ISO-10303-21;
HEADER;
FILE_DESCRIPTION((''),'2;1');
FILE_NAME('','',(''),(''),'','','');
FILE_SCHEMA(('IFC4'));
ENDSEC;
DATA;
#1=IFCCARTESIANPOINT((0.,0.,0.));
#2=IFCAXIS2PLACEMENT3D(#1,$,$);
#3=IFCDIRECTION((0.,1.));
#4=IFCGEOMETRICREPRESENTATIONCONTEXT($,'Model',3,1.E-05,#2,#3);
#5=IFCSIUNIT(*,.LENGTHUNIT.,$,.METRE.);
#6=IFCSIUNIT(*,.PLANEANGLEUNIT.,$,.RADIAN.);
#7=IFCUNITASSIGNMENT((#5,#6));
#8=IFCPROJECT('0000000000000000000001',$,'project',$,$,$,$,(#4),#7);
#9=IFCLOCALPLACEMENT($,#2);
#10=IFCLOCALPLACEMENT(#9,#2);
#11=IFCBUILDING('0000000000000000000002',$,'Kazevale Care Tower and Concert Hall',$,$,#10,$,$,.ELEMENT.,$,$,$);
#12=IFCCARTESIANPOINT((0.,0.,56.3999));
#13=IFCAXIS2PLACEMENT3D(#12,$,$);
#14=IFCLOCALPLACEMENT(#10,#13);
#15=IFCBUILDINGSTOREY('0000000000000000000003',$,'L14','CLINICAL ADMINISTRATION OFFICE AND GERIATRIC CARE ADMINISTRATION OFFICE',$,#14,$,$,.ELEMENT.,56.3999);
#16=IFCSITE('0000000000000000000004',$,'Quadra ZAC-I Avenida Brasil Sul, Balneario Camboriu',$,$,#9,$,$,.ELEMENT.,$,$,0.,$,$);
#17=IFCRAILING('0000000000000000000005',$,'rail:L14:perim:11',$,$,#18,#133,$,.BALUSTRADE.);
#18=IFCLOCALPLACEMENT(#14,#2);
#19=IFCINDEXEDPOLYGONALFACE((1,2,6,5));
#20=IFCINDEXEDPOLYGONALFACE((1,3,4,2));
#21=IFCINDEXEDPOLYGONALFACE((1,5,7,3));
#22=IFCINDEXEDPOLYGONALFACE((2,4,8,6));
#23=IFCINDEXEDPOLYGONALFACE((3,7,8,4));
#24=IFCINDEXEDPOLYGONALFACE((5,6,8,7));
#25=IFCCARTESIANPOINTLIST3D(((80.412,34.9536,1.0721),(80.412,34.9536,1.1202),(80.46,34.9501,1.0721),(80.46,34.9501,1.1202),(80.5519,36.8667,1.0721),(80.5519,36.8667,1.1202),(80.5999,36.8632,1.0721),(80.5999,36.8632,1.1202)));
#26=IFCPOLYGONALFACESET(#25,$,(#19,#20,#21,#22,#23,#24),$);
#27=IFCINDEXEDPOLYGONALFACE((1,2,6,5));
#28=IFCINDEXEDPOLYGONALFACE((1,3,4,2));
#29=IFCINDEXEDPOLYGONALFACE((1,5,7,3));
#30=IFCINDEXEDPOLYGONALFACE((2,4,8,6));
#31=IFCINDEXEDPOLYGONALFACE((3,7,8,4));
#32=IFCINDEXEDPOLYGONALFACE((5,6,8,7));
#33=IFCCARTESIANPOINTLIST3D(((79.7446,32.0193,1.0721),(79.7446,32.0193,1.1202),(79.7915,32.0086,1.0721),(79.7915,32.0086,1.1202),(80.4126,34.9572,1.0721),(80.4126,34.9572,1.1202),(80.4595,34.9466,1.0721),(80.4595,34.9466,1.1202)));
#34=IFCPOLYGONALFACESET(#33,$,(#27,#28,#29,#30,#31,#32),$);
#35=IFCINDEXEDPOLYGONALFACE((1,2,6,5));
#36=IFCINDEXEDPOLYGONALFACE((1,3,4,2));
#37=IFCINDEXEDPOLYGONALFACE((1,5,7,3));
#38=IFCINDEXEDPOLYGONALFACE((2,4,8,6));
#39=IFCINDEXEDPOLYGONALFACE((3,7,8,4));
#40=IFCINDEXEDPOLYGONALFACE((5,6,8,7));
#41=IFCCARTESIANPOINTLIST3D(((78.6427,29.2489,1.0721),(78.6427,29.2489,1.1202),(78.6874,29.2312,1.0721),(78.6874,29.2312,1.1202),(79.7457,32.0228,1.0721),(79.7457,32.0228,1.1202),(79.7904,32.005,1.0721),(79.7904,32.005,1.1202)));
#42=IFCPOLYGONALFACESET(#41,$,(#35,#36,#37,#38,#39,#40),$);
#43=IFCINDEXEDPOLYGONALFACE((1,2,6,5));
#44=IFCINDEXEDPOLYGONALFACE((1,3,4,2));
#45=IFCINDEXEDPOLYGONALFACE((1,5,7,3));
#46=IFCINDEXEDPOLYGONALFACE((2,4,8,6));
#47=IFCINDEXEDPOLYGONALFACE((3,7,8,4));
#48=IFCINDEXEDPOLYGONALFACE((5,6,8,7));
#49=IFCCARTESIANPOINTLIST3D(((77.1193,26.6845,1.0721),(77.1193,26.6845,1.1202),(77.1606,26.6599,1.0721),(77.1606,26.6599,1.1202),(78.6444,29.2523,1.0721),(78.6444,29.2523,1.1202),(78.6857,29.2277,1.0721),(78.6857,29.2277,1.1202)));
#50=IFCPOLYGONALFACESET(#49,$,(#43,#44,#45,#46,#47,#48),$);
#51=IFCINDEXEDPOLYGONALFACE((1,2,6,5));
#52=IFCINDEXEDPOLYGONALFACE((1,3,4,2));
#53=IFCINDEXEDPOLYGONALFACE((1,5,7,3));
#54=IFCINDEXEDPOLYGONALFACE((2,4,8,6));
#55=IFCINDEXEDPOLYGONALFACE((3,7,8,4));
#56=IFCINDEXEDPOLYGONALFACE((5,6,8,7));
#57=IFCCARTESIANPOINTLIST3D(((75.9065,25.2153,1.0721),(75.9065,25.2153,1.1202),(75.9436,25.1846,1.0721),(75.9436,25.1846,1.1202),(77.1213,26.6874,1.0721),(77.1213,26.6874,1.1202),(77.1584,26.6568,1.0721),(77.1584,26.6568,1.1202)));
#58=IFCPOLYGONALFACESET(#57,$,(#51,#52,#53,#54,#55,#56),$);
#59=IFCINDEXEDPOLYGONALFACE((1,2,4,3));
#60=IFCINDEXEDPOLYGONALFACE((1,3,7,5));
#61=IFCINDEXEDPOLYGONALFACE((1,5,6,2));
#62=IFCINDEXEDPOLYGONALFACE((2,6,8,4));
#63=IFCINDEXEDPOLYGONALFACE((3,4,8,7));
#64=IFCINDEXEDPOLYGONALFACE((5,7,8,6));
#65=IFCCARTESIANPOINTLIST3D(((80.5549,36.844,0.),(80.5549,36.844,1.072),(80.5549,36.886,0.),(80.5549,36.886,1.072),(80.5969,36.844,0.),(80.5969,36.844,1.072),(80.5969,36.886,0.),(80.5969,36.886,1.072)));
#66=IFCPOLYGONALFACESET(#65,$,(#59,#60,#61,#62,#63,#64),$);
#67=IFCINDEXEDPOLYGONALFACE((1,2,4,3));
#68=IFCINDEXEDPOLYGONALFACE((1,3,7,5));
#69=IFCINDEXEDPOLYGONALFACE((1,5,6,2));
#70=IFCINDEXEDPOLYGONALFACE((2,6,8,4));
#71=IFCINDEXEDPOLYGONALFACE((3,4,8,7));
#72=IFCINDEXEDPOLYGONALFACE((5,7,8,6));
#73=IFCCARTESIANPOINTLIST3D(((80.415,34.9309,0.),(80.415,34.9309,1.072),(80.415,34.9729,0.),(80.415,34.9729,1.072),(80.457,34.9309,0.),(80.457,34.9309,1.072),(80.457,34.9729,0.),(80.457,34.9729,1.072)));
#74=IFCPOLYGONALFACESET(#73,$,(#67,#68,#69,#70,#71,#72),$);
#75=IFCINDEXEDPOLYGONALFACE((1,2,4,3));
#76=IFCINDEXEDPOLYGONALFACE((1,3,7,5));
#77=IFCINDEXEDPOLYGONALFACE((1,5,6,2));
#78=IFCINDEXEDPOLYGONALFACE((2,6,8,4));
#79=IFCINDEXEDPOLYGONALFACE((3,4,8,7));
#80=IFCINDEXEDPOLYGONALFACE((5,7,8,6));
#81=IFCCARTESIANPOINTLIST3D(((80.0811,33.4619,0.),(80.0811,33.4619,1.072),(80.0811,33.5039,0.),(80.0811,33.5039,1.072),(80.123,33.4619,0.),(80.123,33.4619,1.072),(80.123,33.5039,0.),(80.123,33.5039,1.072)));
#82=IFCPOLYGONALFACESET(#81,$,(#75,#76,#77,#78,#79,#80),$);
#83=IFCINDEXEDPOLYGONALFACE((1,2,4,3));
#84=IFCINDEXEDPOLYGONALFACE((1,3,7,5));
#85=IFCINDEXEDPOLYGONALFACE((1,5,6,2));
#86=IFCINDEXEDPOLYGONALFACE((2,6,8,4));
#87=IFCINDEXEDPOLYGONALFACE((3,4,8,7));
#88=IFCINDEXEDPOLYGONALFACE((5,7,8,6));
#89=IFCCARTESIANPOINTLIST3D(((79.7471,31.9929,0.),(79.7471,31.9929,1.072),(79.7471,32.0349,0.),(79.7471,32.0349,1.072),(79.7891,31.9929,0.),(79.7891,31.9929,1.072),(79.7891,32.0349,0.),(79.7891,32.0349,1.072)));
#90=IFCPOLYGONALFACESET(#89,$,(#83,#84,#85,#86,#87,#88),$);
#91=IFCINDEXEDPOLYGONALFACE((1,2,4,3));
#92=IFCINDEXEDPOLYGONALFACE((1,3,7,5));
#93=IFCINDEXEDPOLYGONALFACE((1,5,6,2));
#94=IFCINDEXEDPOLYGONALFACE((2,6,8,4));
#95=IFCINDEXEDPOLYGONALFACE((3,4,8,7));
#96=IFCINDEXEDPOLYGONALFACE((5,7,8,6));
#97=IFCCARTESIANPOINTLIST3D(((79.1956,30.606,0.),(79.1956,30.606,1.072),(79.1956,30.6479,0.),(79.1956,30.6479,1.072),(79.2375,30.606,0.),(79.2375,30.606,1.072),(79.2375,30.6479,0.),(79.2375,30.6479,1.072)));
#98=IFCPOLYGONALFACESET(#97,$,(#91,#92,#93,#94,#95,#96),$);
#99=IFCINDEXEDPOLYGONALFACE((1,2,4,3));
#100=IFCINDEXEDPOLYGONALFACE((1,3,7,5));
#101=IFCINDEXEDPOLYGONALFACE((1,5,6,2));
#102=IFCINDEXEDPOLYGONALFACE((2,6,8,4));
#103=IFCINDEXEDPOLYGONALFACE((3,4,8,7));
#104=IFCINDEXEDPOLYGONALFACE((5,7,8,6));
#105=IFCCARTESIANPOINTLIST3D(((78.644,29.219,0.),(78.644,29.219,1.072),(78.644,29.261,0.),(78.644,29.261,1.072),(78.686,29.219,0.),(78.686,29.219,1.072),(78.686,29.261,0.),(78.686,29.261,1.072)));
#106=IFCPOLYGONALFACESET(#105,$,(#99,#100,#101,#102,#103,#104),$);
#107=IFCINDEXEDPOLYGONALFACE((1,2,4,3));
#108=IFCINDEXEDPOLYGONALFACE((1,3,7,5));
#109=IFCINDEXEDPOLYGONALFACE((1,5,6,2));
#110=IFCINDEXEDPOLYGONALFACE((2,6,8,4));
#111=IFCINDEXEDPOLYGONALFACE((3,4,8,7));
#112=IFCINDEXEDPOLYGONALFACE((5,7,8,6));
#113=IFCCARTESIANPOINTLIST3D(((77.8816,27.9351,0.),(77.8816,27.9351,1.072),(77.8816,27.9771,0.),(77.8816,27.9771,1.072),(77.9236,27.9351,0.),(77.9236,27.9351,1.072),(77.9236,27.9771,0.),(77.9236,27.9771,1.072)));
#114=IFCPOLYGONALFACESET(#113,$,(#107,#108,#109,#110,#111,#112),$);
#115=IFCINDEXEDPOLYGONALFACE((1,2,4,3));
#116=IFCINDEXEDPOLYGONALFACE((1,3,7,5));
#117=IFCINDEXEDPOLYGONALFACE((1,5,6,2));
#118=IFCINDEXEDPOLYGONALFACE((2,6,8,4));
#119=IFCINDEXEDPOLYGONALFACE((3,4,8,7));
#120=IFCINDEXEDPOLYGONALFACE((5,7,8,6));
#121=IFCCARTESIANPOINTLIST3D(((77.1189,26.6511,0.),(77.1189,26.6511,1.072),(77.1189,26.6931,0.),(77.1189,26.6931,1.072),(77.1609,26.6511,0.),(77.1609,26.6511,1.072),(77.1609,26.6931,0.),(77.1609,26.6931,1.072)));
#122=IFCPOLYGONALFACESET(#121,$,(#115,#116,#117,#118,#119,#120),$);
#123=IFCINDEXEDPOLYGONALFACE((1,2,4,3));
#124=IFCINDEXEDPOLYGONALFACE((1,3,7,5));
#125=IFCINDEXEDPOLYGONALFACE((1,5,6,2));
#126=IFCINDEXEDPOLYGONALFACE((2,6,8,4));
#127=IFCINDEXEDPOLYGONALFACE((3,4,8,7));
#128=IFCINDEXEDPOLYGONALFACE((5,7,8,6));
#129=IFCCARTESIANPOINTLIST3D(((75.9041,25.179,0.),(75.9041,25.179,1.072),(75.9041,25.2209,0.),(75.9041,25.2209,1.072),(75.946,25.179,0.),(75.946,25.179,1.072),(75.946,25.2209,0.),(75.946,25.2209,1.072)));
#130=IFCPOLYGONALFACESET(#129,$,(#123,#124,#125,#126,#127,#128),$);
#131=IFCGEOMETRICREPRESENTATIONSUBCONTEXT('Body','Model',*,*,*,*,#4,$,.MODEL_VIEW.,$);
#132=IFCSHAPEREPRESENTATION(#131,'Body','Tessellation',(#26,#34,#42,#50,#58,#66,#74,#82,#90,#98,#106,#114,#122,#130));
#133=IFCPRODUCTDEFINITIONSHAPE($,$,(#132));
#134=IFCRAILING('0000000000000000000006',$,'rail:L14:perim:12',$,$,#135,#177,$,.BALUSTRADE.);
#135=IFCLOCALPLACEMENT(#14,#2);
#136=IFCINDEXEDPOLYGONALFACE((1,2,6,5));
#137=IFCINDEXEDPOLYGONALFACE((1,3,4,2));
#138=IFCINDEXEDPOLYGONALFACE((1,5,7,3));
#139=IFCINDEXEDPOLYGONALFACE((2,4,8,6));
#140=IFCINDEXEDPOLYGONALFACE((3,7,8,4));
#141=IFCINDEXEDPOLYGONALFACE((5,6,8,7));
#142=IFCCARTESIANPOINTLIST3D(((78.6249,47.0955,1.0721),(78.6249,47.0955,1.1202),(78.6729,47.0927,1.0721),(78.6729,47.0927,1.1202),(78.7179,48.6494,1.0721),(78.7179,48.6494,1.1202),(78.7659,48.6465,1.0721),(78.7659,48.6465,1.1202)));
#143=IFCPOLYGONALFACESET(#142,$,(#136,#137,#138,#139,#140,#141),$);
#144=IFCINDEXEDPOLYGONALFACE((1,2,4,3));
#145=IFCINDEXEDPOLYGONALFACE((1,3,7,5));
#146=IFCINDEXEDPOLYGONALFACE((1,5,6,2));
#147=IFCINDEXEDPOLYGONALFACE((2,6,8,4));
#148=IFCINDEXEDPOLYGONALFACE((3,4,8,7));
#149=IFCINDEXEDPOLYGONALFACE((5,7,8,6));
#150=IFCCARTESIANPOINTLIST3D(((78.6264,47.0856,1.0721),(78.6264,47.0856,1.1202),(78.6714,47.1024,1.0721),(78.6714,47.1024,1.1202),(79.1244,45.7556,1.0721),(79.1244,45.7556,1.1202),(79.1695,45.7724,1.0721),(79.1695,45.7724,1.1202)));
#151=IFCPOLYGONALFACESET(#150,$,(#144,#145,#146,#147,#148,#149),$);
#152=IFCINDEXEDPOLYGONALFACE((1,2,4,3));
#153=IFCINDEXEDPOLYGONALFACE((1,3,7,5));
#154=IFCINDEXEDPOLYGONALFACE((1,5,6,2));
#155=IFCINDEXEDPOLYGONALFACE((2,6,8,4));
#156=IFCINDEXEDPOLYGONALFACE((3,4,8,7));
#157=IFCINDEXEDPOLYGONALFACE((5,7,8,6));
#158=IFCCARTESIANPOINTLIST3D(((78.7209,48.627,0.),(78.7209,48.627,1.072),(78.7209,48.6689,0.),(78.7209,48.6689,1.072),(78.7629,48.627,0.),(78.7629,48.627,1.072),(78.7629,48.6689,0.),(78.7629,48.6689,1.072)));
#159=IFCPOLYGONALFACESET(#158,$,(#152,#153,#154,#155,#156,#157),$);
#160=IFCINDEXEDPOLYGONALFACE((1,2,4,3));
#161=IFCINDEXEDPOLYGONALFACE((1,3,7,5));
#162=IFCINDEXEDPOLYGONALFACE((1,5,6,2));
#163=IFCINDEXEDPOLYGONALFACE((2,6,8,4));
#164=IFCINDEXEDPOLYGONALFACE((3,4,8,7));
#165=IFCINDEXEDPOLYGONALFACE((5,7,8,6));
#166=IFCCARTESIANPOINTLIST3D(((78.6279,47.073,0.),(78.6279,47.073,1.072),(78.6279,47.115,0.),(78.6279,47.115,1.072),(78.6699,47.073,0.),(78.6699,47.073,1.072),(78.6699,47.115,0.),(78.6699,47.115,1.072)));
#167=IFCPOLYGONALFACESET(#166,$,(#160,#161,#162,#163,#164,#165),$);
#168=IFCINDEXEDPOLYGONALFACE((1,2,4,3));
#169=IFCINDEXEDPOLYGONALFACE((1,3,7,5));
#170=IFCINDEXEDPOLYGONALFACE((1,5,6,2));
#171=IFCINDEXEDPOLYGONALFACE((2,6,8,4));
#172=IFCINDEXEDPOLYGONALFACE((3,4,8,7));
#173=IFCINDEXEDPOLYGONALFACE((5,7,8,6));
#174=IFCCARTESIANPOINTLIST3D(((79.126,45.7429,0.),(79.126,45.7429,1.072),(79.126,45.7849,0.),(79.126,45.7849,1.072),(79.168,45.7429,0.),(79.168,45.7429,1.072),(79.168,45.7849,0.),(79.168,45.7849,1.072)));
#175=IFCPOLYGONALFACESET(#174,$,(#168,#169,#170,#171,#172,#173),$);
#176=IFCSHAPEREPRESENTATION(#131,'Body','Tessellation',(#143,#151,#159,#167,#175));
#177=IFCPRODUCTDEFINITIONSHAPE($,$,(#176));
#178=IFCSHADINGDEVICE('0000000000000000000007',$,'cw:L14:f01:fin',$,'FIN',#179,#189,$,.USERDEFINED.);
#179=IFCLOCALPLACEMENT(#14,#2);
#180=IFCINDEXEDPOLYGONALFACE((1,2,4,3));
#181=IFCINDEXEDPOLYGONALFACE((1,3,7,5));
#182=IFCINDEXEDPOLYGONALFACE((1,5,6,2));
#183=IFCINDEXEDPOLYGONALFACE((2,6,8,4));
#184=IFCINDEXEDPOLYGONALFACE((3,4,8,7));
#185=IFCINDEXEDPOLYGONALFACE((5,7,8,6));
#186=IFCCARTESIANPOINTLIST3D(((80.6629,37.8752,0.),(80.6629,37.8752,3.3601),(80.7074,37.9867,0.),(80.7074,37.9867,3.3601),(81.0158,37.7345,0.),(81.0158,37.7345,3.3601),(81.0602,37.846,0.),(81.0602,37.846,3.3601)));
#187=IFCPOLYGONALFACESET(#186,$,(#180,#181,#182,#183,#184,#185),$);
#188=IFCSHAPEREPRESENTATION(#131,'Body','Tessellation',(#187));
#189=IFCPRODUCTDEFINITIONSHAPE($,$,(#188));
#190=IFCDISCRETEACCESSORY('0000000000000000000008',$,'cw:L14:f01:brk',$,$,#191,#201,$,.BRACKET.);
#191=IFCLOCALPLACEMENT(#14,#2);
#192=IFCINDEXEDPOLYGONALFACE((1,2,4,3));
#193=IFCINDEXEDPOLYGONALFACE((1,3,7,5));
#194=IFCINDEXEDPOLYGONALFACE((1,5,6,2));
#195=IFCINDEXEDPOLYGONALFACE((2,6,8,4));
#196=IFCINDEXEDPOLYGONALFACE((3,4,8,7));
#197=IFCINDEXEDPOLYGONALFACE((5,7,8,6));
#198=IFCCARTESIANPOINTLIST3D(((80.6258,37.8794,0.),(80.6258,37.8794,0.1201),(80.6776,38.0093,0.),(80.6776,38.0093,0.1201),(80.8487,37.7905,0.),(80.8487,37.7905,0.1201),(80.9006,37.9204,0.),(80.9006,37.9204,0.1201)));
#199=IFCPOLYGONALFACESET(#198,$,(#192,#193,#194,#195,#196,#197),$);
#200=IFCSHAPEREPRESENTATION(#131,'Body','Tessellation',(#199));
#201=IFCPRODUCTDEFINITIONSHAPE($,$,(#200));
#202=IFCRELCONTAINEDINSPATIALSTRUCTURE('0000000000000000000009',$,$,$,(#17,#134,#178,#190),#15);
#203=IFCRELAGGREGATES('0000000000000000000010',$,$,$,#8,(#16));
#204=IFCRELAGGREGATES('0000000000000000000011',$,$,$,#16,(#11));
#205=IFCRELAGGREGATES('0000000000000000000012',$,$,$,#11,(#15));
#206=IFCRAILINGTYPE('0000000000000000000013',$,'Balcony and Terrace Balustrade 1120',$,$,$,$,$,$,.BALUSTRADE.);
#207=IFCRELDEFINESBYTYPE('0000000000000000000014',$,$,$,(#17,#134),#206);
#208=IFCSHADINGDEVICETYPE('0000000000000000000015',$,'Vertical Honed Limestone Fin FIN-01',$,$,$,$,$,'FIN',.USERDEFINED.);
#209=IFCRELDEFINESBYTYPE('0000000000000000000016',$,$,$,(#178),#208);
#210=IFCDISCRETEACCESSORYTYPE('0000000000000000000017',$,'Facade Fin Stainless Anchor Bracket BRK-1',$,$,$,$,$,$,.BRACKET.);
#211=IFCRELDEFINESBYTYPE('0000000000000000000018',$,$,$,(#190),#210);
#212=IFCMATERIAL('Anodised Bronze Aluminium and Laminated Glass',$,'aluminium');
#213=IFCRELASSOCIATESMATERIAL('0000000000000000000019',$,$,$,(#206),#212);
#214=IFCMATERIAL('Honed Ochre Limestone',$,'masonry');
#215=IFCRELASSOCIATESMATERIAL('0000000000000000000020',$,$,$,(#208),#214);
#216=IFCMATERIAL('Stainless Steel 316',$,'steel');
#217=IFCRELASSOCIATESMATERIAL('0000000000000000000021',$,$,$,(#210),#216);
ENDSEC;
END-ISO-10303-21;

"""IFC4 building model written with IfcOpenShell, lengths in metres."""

from ifc_helpers import new_model, si_unit, direction, frame, origin, origin_2d, place, context, subcontext, project, spatial, rectangle, extrude, material, type_object, element, save


model = new_model("IFC4")

# Units and contexts
model_context = context("Model", 3, precision=1e-05, world=origin(), true_north=direction((0.0, 1.0)))
body_context = subcontext(model_context, "Body", "Model", "MODEL_VIEW")
ifc_project = project(units=[si_unit("LENGTHUNIT", "METRE"), si_unit("PLANEANGLEUNIT", "RADIAN")], contexts=[model_context])

# Site, building, storey
site_placement = place(None, origin())
site = spatial("IfcSite", under=ifc_project, at=site_placement, Name="Quadra ZAC-I Avenida Brasil Sul, Balneario Camboriu", CompositionType="ELEMENT", RefElevation=0.0)
building_placement = place(site_placement, origin())
building = spatial("IfcBuilding", under=site, at=building_placement, Name="Kazevale Care Tower and Concert Hall", CompositionType="ELEMENT")
storey_placement = place(building_placement, frame((0.0, 0.0, 56.3999)))
storey = spatial("IfcBuildingStorey", under=building, at=storey_placement, Name="L14", Description="CLINICAL ADMINISTRATION OFFICE AND GERIATRIC CARE ADMINISTRATION OFFICE", CompositionType="ELEMENT", Elevation=56.3999)

# Railings
ifc_material_1 = material(Name="Anodised Bronze Aluminium and Laminated Glass", Category="aluminium")
railing_type = type_object("IfcRailingType", Name="Balcony and Terrace Balustrade 1120", PredefinedType="BALUSTRADE", material=ifc_material_1)
railing_1_placement = place(storey_placement, frame((80.5759, 36.865, 0.0)))
element("IfcRailing", 1, at=railing_1_placement, inside=storey, type_object=railing_type, Name="rail:L14:perim:11", PredefinedType="BALUSTRADE", context=body_context, shape_type="SweptSolid", body=[
    extrude(rectangle(XDim=0.0481, YDim=0.0481, at=origin_2d()), frame((0.0, 0.0, 1.0962), z_axis=(-0.072929, -0.997337, 0.0), x_axis=(0.997337, -0.072929, 0.0)), (0.0, 0.0, 1.0), 1.9182),
    extrude(rectangle(XDim=0.0481, YDim=0.0481, at=origin_2d()), frame((-0.1399, -1.9131, 1.0962), z_axis=(-0.221698, -0.975115, 0.0), x_axis=(0.975115, -0.221698, 0.0)), (0.0, 0.0, 1.0), 3.0129),
    extrude(rectangle(XDim=0.0481, YDim=0.0481, at=origin_2d()), frame((-0.8079, -4.8511, 1.0962), z_axis=(-0.3695, -0.929231, 0.0), x_axis=(0.929231, -0.3695, 0.0)), (0.0, 0.0, 1.0), 2.9851),
    extrude(rectangle(XDim=0.0481, YDim=0.0481, at=origin_2d()), frame((-1.9109, -7.625, 1.0962), z_axis=(-0.510656, -0.859785, 0.0), x_axis=(0.859785, -0.510656, 0.0)), (0.0, 0.0, 1.0), 2.9866),
    extrude(rectangle(XDim=0.0481, YDim=0.0481, at=origin_2d()), frame((-3.436, -10.1929, 1.0962), z_axis=(-0.636478, -0.771295, 0.0), x_axis=(0.771295, -0.636478, 0.0)), (0.0, 0.0, 1.0), 1.9087),
    extrude(rectangle(XDim=0.042, YDim=0.042, at=origin_2d()), origin(), (0.0, 0.0, 1.0), 1.072),
    extrude(rectangle(XDim=0.042, YDim=0.042, at=origin_2d()), frame((-0.1399, -1.9131, 0.0)), (0.0, 0.0, 1.0), 1.072),
    extrude(rectangle(XDim=0.042, YDim=0.042, at=origin_2d()), frame((-0.4739, -3.3821, 0.0)), (0.0, 0.0, 1.0), 1.072),
    extrude(rectangle(XDim=0.042, YDim=0.042, at=origin_2d()), frame((-0.8079, -4.8511, 0.0)), (0.0, 0.0, 1.0), 1.072),
    extrude(rectangle(XDim=0.042, YDim=0.042, at=origin_2d()), frame((-1.3594, -6.238, 0.0)), (0.0, 0.0, 1.0), 1.072),
    extrude(rectangle(XDim=0.042, YDim=0.042, at=origin_2d()), frame((-1.9109, -7.625, 0.0)), (0.0, 0.0, 1.0), 1.072),
    extrude(rectangle(XDim=0.042, YDim=0.042, at=origin_2d()), frame((-2.6733, -8.9089, 0.0)), (0.0, 0.0, 1.0), 1.072),
    extrude(rectangle(XDim=0.042, YDim=0.042, at=origin_2d()), frame((-3.436, -10.1929, 0.0)), (0.0, 0.0, 1.0), 1.072),
    extrude(rectangle(XDim=0.042, YDim=0.042, at=origin_2d()), frame((-4.6509, -11.665, 0.0)), (0.0, 0.0, 1.0), 1.072),
])
railing_2_placement = place(storey_placement, frame((78.7419, 48.6479, 0.0)))
element("IfcRailing", 2, at=railing_2_placement, inside=storey, type_object=railing_type, Name="rail:L14:perim:12", PredefinedType="BALUSTRADE", context=body_context, shape_type="SweptSolid", body=[
    extrude(rectangle(XDim=0.0481, YDim=0.0481, at=origin_2d()), frame((0.0, 0.0, 1.0962), z_axis=(-0.059752, -0.998213, 0.0), x_axis=(0.998213, -0.059752, 0.0)), (0.0, 0.0, 1.0), 1.5566),
    extrude(rectangle(XDim=0.0481, YDim=0.0481, at=origin_2d()), frame((-0.093, -1.554, 1.0962), z_axis=(0.350671, -0.936499, 0.0), x_axis=(0.936499, 0.350671, 0.0)), (0.0, 0.0, 1.0), 1.4202),
    extrude(rectangle(XDim=0.042, YDim=0.042, at=origin_2d()), origin(), (0.0, 0.0, 1.0), 1.072),
    extrude(rectangle(XDim=0.042, YDim=0.042, at=origin_2d()), frame((-0.093, -1.554, 0.0)), (0.0, 0.0, 1.0), 1.072),
    extrude(rectangle(XDim=0.042, YDim=0.042, at=origin_2d()), frame((0.405, -2.884, 0.0)), (0.0, 0.0, 1.0), 1.072),
])

# Shading device
ifc_material_2 = material(Name="Honed Ochre Limestone", Category="masonry")
shading_device_type = type_object("IfcShadingDeviceType", Name="Vertical Honed Limestone Fin FIN-01", ElementType="FIN", PredefinedType="USERDEFINED", material=ifc_material_2)
shading_device_placement = place(storey_placement, frame((80.8616, 37.8606, 0.0), z_axis=(0.0, 0.0, 1.0), x_axis=(0.928874, -0.370395, 0.0)))
element("IfcShadingDevice", 3, at=shading_device_placement, inside=storey, type_object=shading_device_type, Name="cw:L14:f01:fin", ObjectType="FIN", PredefinedType="USERDEFINED", context=body_context, shape_type="SweptSolid", body=[
    extrude(rectangle(XDim=0.3799, YDim=0.1201, at=origin_2d()), origin(), (0.0, 0.0, 1.0), 3.3601),
])

# Discrete accessory
ifc_material_3 = material(Name="Stainless Steel 316", Category="steel")
discrete_accessory_type = type_object("IfcDiscreteAccessoryType", Name="Facade Fin Stainless Anchor Bracket BRK-1", PredefinedType="BRACKET", material=ifc_material_3)
discrete_accessory_placement = place(storey_placement, frame((80.7632, 37.8999, 0.0), z_axis=(0.0, 0.0, 1.0), x_axis=(0.928874, -0.370395, 0.0)))
element("IfcDiscreteAccessory", 4, at=discrete_accessory_placement, inside=storey, type_object=discrete_accessory_type, Name="cw:L14:f01:brk", PredefinedType="BRACKET", context=body_context, shape_type="SweptSolid", body=[
    extrude(rectangle(XDim=0.24, YDim=0.1399, at=origin_2d()), origin(), (0.0, 0.0, 1.0), 0.1201),
])

save(model, "model.ifc")
